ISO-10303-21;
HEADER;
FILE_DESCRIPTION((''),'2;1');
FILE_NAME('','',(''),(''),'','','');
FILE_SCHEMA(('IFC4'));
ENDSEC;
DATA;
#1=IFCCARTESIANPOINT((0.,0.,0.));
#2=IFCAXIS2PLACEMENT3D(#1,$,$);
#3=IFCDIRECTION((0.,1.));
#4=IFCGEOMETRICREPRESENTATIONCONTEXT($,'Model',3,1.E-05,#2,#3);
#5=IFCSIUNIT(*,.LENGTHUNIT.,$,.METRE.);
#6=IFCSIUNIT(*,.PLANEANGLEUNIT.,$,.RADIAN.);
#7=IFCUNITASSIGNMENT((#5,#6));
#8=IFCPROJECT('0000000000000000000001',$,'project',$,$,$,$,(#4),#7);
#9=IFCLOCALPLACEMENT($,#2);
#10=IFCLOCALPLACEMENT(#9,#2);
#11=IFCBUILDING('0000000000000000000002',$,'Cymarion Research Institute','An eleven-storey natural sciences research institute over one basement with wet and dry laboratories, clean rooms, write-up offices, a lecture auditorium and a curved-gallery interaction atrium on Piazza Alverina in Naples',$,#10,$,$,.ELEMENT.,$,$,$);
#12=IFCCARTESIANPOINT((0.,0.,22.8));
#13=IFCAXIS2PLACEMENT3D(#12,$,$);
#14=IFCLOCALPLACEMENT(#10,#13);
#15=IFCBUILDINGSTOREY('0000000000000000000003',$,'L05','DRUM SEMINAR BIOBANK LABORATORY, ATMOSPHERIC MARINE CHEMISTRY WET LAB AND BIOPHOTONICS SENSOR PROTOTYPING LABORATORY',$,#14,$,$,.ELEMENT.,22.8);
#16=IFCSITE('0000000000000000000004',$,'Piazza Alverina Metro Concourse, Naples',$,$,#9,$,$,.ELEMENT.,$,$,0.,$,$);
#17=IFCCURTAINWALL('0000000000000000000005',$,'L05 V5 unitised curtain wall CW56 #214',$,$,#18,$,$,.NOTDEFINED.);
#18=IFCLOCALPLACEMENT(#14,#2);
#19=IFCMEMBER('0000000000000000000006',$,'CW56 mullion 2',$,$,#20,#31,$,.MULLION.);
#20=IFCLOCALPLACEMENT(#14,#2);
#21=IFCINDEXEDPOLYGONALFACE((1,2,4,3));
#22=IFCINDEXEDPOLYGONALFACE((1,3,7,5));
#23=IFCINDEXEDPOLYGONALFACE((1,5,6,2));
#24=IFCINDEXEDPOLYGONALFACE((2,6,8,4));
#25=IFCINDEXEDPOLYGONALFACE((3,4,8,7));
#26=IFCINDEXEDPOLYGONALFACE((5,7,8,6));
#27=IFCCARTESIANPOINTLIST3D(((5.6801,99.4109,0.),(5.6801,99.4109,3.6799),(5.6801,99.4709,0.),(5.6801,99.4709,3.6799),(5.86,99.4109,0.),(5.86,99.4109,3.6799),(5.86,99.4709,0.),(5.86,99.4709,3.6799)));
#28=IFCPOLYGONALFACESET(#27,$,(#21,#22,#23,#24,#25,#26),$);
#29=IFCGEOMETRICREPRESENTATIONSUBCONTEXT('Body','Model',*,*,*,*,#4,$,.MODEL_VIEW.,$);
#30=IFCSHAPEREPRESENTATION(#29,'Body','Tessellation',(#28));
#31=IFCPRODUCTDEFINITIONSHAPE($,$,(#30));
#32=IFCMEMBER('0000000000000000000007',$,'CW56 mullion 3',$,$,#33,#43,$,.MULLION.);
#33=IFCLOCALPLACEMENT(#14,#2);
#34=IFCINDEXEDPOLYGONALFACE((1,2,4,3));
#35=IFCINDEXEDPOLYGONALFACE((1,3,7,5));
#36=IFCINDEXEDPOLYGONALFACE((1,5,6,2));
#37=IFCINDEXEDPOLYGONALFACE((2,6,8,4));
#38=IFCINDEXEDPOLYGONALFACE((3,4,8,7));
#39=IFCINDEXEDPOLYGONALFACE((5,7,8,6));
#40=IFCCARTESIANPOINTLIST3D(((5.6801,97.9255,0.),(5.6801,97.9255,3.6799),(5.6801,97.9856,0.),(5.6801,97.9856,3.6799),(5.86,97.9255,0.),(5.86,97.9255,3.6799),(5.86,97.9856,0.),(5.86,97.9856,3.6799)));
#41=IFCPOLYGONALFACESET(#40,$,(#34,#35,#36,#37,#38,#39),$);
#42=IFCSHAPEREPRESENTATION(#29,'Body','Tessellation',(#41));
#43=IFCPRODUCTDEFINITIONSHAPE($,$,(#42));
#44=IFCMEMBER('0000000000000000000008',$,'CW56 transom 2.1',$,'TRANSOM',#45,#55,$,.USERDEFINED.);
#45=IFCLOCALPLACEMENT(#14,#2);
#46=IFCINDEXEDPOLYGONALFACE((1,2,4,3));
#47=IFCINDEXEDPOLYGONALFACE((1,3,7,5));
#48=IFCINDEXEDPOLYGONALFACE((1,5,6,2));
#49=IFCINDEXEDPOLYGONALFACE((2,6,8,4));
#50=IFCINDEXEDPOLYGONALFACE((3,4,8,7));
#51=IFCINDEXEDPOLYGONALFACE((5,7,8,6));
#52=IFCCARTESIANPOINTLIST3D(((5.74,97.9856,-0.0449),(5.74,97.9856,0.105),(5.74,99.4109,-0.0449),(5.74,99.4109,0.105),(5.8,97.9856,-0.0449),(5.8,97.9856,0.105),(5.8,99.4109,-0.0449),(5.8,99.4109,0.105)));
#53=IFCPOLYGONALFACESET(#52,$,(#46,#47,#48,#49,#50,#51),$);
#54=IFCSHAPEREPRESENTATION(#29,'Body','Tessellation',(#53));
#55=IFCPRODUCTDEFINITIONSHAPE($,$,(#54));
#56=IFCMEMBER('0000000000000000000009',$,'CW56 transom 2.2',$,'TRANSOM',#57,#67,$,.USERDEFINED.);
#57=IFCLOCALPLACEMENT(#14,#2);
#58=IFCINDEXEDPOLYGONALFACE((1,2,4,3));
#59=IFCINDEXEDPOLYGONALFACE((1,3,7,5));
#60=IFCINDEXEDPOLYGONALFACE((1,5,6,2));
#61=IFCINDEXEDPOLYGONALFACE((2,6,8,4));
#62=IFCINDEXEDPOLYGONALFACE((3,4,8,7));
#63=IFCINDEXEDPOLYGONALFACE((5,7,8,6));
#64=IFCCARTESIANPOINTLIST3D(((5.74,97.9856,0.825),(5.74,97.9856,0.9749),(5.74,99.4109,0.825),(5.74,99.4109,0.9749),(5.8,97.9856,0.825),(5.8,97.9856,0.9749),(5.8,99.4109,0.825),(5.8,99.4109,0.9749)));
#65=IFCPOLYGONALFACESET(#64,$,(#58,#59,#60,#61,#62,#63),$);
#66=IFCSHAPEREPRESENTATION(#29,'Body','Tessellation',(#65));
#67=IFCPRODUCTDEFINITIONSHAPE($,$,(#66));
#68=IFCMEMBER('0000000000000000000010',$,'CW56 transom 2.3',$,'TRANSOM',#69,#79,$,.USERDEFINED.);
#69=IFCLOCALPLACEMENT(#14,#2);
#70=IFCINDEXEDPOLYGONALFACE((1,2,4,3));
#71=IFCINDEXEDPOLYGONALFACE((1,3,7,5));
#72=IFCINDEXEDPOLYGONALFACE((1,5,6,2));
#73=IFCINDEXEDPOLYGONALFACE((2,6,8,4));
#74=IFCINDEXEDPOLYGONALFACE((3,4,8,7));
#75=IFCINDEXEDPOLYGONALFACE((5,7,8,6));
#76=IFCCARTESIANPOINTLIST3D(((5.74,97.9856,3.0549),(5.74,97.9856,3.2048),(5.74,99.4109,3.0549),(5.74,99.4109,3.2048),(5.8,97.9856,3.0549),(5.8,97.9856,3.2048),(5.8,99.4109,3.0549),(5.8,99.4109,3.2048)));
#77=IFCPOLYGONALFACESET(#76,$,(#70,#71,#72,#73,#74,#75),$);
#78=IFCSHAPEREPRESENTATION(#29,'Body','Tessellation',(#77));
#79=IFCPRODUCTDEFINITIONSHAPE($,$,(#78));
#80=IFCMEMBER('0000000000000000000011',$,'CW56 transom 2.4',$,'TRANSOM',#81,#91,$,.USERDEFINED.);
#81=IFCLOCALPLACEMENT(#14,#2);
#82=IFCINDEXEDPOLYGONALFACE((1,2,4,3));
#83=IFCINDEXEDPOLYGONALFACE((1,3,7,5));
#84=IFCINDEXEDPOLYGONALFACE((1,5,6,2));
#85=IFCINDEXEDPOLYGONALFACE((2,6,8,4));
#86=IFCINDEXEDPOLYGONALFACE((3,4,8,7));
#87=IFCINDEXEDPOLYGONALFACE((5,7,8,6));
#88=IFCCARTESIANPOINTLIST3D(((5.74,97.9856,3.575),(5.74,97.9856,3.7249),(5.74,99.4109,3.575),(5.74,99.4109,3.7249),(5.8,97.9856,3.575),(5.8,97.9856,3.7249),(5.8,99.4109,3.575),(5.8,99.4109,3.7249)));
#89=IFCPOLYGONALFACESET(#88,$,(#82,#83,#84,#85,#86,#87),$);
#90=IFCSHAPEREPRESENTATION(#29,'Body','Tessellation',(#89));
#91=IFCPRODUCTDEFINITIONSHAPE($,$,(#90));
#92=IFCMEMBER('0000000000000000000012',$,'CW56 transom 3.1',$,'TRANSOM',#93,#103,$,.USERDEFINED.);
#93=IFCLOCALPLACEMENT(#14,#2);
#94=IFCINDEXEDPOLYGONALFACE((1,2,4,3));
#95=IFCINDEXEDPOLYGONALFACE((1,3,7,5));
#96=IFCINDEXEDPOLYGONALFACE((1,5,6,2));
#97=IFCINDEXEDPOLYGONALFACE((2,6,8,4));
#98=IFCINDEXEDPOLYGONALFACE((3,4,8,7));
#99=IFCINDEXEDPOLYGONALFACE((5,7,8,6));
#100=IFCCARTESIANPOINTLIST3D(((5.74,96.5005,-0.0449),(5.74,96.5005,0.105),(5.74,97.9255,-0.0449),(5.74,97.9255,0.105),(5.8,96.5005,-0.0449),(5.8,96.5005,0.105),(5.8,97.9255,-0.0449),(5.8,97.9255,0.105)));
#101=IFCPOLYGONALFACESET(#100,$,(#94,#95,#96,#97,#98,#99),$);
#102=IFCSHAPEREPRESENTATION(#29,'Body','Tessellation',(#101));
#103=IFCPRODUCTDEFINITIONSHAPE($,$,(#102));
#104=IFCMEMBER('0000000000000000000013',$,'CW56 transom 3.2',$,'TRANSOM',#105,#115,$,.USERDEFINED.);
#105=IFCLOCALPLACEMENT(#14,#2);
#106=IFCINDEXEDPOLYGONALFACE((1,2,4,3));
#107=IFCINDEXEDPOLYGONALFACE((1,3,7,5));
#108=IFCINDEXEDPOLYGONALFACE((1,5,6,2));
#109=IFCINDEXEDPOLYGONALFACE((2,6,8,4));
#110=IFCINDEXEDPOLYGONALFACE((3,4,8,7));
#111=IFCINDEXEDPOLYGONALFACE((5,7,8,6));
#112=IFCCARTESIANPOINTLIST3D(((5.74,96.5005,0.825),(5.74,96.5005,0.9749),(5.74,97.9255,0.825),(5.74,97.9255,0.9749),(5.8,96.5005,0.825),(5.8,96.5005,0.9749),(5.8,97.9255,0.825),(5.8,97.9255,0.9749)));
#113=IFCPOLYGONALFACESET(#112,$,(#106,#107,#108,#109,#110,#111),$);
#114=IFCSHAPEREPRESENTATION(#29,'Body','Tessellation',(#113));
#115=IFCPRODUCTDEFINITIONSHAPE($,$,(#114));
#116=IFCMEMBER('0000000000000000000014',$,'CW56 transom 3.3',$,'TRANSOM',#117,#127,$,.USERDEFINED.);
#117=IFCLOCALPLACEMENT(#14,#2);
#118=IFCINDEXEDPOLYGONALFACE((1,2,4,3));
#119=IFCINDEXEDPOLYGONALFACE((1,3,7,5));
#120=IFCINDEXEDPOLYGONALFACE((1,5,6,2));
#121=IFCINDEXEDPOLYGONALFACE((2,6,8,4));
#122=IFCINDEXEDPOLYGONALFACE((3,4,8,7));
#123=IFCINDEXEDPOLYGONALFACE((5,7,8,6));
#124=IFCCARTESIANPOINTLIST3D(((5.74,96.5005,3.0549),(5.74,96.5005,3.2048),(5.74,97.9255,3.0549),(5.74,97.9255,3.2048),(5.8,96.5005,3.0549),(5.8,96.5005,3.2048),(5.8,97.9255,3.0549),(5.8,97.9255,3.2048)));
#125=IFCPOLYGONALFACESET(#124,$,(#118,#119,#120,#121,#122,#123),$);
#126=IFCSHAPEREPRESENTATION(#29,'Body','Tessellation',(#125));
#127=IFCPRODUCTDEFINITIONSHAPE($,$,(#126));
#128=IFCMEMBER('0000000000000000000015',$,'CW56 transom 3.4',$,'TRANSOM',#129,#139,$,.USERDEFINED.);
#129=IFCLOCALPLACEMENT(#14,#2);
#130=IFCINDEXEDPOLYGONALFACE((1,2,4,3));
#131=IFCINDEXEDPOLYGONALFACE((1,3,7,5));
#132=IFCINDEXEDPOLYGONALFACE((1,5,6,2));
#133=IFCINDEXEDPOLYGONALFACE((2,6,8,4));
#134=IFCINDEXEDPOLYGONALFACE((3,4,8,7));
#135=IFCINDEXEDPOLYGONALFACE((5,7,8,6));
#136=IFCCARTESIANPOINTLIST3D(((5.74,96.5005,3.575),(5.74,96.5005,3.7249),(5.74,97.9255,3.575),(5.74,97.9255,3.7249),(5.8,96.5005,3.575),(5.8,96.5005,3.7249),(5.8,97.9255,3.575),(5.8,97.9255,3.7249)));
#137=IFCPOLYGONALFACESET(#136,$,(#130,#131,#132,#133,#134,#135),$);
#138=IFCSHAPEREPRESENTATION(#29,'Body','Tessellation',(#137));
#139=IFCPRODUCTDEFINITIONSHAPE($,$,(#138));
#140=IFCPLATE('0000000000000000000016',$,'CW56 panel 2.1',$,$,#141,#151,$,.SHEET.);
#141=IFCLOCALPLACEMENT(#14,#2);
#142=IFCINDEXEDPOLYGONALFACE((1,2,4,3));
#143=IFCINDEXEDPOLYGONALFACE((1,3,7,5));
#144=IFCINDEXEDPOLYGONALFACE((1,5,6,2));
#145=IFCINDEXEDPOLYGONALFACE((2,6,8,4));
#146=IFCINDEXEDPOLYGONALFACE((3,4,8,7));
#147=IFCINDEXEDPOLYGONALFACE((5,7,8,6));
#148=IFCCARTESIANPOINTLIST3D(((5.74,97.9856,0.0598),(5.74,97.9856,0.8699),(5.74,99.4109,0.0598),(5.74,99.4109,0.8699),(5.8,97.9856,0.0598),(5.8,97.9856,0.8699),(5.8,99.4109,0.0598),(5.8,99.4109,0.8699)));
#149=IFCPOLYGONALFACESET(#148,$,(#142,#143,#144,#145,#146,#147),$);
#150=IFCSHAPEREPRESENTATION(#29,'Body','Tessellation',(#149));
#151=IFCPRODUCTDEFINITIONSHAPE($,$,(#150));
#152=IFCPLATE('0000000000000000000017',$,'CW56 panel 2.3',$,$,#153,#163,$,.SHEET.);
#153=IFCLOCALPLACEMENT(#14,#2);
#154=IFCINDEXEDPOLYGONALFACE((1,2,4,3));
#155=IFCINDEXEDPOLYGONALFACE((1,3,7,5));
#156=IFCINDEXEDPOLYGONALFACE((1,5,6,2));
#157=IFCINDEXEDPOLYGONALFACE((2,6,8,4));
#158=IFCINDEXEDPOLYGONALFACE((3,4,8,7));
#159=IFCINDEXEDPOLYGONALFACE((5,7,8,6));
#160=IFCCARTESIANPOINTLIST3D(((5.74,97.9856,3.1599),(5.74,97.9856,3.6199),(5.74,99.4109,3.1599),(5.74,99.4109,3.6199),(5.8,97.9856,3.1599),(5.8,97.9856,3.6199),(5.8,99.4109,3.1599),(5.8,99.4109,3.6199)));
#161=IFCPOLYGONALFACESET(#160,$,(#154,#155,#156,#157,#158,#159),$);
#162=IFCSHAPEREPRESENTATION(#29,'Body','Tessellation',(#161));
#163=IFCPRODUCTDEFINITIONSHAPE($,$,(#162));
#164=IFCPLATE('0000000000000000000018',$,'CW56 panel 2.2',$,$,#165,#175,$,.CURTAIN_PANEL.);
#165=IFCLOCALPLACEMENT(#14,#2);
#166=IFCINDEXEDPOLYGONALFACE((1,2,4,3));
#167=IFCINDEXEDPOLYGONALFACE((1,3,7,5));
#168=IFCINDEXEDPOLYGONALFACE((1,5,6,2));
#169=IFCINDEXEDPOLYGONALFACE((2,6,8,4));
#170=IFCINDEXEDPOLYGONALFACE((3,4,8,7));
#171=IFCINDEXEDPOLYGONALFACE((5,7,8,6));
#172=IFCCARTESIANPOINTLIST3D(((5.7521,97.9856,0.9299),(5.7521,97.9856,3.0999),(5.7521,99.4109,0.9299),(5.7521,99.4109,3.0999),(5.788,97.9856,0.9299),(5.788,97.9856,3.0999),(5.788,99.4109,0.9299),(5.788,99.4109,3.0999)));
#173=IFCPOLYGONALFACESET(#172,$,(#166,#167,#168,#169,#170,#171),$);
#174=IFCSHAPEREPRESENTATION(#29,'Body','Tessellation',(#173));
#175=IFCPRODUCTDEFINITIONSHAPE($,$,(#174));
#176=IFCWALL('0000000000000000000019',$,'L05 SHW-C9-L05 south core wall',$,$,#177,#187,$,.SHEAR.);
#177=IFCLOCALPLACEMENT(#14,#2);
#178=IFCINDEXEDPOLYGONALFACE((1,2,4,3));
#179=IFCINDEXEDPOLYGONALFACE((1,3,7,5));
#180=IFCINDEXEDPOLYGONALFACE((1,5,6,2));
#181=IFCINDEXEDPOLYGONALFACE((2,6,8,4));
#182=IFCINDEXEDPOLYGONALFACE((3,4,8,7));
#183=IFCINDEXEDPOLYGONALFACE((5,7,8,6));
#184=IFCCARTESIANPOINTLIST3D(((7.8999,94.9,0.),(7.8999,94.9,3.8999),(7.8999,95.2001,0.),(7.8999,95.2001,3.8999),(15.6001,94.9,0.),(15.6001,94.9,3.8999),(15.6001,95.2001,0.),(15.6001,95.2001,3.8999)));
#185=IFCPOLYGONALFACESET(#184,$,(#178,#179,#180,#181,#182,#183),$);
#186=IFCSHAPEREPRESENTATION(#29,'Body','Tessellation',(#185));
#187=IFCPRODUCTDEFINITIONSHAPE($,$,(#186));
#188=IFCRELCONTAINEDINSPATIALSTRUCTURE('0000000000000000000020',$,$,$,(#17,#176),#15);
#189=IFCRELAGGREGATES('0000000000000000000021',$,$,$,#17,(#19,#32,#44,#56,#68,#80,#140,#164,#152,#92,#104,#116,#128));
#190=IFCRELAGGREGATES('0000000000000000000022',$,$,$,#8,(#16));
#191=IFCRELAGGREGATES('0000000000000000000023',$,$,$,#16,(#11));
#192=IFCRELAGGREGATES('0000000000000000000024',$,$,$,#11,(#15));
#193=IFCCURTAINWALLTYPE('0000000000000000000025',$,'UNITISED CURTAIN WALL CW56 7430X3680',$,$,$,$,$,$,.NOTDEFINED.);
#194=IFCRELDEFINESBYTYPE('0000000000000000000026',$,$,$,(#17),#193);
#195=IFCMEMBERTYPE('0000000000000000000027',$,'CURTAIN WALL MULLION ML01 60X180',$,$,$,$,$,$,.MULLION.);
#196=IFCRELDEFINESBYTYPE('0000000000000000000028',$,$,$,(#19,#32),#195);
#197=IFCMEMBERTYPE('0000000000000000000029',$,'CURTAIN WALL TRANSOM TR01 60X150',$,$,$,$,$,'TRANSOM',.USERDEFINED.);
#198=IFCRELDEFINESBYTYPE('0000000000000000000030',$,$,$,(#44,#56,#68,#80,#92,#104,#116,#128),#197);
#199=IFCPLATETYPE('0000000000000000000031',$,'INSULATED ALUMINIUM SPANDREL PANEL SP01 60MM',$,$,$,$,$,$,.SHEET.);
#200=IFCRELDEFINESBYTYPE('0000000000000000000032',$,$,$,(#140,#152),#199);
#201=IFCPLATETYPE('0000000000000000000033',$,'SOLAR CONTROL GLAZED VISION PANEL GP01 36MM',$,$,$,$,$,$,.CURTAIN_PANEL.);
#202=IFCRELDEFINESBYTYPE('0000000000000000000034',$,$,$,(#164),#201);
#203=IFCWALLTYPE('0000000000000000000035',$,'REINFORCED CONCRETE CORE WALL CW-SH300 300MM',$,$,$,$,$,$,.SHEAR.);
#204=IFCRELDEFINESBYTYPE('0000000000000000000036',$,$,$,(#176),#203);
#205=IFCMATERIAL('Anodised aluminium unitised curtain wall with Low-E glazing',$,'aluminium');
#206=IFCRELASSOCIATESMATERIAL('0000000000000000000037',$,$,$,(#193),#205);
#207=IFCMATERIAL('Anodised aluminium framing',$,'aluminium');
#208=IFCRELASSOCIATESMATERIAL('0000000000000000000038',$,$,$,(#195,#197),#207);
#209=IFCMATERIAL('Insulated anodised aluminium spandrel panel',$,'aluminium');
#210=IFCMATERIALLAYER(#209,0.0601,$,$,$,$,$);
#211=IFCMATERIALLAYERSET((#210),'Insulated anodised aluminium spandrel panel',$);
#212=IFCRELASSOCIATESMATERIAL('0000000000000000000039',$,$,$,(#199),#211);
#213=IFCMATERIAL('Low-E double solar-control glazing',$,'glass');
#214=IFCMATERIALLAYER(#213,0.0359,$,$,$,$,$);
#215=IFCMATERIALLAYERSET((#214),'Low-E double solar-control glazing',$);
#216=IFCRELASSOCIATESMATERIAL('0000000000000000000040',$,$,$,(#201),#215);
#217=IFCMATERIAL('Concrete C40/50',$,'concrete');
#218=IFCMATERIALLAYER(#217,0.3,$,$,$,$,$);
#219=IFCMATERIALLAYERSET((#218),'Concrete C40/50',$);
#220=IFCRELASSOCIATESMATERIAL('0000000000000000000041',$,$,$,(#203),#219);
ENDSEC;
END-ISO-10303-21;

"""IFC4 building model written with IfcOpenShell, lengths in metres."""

from ifc_helpers import new_model, si_unit, direction, frame, frame_2d, origin, origin_2d, place, context, subcontext, project, spatial, rectangle, extrude, material, layer, layer_set, material_profile, profile_set, type_object, element, aggregate, save


model = new_model("IFC4")

# Units and contexts
model_context = context("Model", 3, precision=1e-05, world=origin(), true_north=direction((0.0, 1.0)))
body_context = subcontext(model_context, "Body", "Model", "MODEL_VIEW")
ifc_project = project(units=[si_unit("LENGTHUNIT", "METRE"), si_unit("PLANEANGLEUNIT", "RADIAN")], contexts=[model_context])

# Site, building, storey
site_placement = place(None, origin())
site = spatial("IfcSite", under=ifc_project, at=site_placement, Name="Piazza Alverina Metro Concourse, Naples", CompositionType="ELEMENT", RefElevation=0.0)
building_placement = place(site_placement, origin())
building = spatial("IfcBuilding", under=site, at=building_placement, Name="Cymarion Research Institute", Description="An eleven-storey natural sciences research institute over one basement with wet and dry laboratories, clean rooms, write-up offices, a lecture auditorium and a curved-gallery interaction atrium on Piazza Alverina in Naples", CompositionType="ELEMENT")
storey_placement = place(building_placement, frame((0.0, 0.0, 22.8)))
storey = spatial("IfcBuildingStorey", under=building, at=storey_placement, Name="L05", Description="DRUM SEMINAR BIOBANK LABORATORY, ATMOSPHERIC MARINE CHEMISTRY WET LAB AND BIOPHOTONICS SENSOR PROTOTYPING LABORATORY", CompositionType="ELEMENT", Elevation=22.8)

# Curtain wall, members, plates
ifc_material_1 = material(Name="Anodised aluminium unitised curtain wall with Low-E glazing", Category="aluminium")
curtain_wall_type = type_object("IfcCurtainWallType", Name="UNITISED CURTAIN WALL CW56 7430X3680", PredefinedType="NOTDEFINED", material=ifc_material_1)
curtain_wall_placement = place(storey_placement, origin())
curtain_wall = element("IfcCurtainWall", 1, at=curtain_wall_placement, inside=storey, type_object=curtain_wall_type, Name="L05 V5 unitised curtain wall CW56 #214", PredefinedType="NOTDEFINED")
ifc_material_2 = material(Name="Anodised aluminium framing", Category="aluminium")
ifc_material_profile_1 = material_profile(ifc_material_2, rectangle(XDim=0.0601, YDim=0.1799, at=origin_2d()), Name="ALU MULLION 60x180")
ifc_profile_set_1 = profile_set([ifc_material_profile_1], Name="Anodised aluminium framing")
member_type_1 = type_object("IfcMemberType", Name="CURTAIN WALL MULLION ML01 60X180", PredefinedType="MULLION", material=ifc_profile_set_1)
member_1_placement = place(storey_placement, frame((5.77, 99.4409, 0.0), z_axis=(0.0, 0.0, 1.0), x_axis=(0.0, -1.0, 0.0)))
member_1 = element("IfcMember", 2, at=member_1_placement, type_object=member_type_1, Name="CW56 mullion 2", PredefinedType="MULLION", context=body_context, shape_type="SweptSolid", body=[
    extrude(rectangle(XDim=0.0601, YDim=0.1799, at=origin_2d()), origin(), (0.0, 0.0, 1.0), 3.6799),
])
member_2_placement = place(storey_placement, frame((5.77, 97.9556, 0.0), z_axis=(0.0, 0.0, 1.0), x_axis=(0.0, -1.0, 0.0)))
member_2 = element("IfcMember", 3, at=member_2_placement, type_object=member_type_1, Name="CW56 mullion 3", PredefinedType="MULLION", context=body_context, shape_type="SweptSolid", body=[
    extrude(rectangle(XDim=0.0601, YDim=0.1799, at=origin_2d()), origin(), (0.0, 0.0, 1.0), 3.6799),
])
ifc_material_profile_2 = material_profile(ifc_material_2, rectangle(XDim=0.0601, YDim=0.1499, at=origin_2d()), Name="ALU TRANSOM 60x150")
ifc_profile_set_2 = profile_set([ifc_material_profile_2], Name="Anodised aluminium framing")
member_type_2 = type_object("IfcMemberType", Name="CURTAIN WALL TRANSOM TR01 60X150", ElementType="TRANSOM", PredefinedType="USERDEFINED", material=ifc_profile_set_2)
member_3_placement = place(storey_placement, frame((5.77, 99.4109, 0.03), z_axis=(0.0, -1.0, 0.0), x_axis=(1.0, 0.0, 0.0)))
member_3 = element("IfcMember", 4, at=member_3_placement, type_object=member_type_2, Name="CW56 transom 2.1", ObjectType="TRANSOM", PredefinedType="USERDEFINED", context=body_context, shape_type="SweptSolid", body=[
    extrude(rectangle(XDim=0.0601, YDim=0.1499, at=origin_2d()), origin(), (0.0, 0.0, 1.0), 1.4253),
])
member_4_placement = place(storey_placement, frame((5.77, 99.4109, 0.8999), z_axis=(0.0, -1.0, 0.0), x_axis=(1.0, 0.0, 0.0)))
member_4 = element("IfcMember", 5, at=member_4_placement, type_object=member_type_2, Name="CW56 transom 2.2", ObjectType="TRANSOM", PredefinedType="USERDEFINED", context=body_context, shape_type="SweptSolid", body=[
    extrude(rectangle(XDim=0.0601, YDim=0.1499, at=origin_2d()), origin(), (0.0, 0.0, 1.0), 1.4253),
])
member_5_placement = place(storey_placement, frame((5.77, 99.4109, 3.1299), z_axis=(0.0, -1.0, 0.0), x_axis=(1.0, 0.0, 0.0)))
member_5 = element("IfcMember", 6, at=member_5_placement, type_object=member_type_2, Name="CW56 transom 2.3", ObjectType="TRANSOM", PredefinedType="USERDEFINED", context=body_context, shape_type="SweptSolid", body=[
    extrude(rectangle(XDim=0.0601, YDim=0.1499, at=origin_2d()), origin(), (0.0, 0.0, 1.0), 1.4253),
])
member_6_placement = place(storey_placement, frame((5.77, 99.4109, 3.6499), z_axis=(0.0, -1.0, 0.0), x_axis=(1.0, 0.0, 0.0)))
member_6 = element("IfcMember", 7, at=member_6_placement, type_object=member_type_2, Name="CW56 transom 2.4", ObjectType="TRANSOM", PredefinedType="USERDEFINED", context=body_context, shape_type="SweptSolid", body=[
    extrude(rectangle(XDim=0.0601, YDim=0.1499, at=origin_2d()), origin(), (0.0, 0.0, 1.0), 1.4253),
])
member_7_placement = place(storey_placement, frame((5.77, 97.9255, 0.03), z_axis=(0.0, -1.0, 0.0), x_axis=(1.0, 0.0, 0.0)))
member_7 = element("IfcMember", 8, at=member_7_placement, type_object=member_type_2, Name="CW56 transom 3.1", ObjectType="TRANSOM", PredefinedType="USERDEFINED", context=body_context, shape_type="SweptSolid", body=[
    extrude(rectangle(XDim=0.0601, YDim=0.1499, at=origin_2d()), origin(), (0.0, 0.0, 1.0), 1.425),
])
member_8_placement = place(storey_placement, frame((5.77, 97.9255, 0.8999), z_axis=(0.0, -1.0, 0.0), x_axis=(1.0, 0.0, 0.0)))
member_8 = element("IfcMember", 9, at=member_8_placement, type_object=member_type_2, Name="CW56 transom 3.2", ObjectType="TRANSOM", PredefinedType="USERDEFINED", context=body_context, shape_type="SweptSolid", body=[
    extrude(rectangle(XDim=0.0601, YDim=0.1499, at=origin_2d()), origin(), (0.0, 0.0, 1.0), 1.425),
])
member_9_placement = place(storey_placement, frame((5.77, 97.9255, 3.1299), z_axis=(0.0, -1.0, 0.0), x_axis=(1.0, 0.0, 0.0)))
member_9 = element("IfcMember", 10, at=member_9_placement, type_object=member_type_2, Name="CW56 transom 3.3", ObjectType="TRANSOM", PredefinedType="USERDEFINED", context=body_context, shape_type="SweptSolid", body=[
    extrude(rectangle(XDim=0.0601, YDim=0.1499, at=origin_2d()), origin(), (0.0, 0.0, 1.0), 1.425),
])
member_10_placement = place(storey_placement, frame((5.77, 97.9255, 3.6499), z_axis=(0.0, -1.0, 0.0), x_axis=(1.0, 0.0, 0.0)))
member_10 = element("IfcMember", 11, at=member_10_placement, type_object=member_type_2, Name="CW56 transom 3.4", ObjectType="TRANSOM", PredefinedType="USERDEFINED", context=body_context, shape_type="SweptSolid", body=[
    extrude(rectangle(XDim=0.0601, YDim=0.1499, at=origin_2d()), origin(), (0.0, 0.0, 1.0), 1.425),
])
ifc_material_3 = material(Name="Insulated anodised aluminium spandrel panel", Category="aluminium")
ifc_layer_1 = layer(ifc_material_3, 0.0601)
ifc_layer_set_1 = layer_set([ifc_layer_1], Name="Insulated anodised aluminium spandrel panel")
plate_type_1 = type_object("IfcPlateType", Name="INSULATED ALUMINIUM SPANDREL PANEL SP01 60MM", PredefinedType="SHEET", material=ifc_layer_set_1)
plate_1_placement = place(storey_placement, frame((5.77, 98.6982, 0.0598), z_axis=(0.0, 0.0, 1.0), x_axis=(0.0, -1.0, 0.0)))
plate_1 = element("IfcPlate", 12, at=plate_1_placement, type_object=plate_type_1, Name="CW56 panel 2.1", PredefinedType="SHEET", context=body_context, shape_type="SweptSolid", body=[
    extrude(rectangle(XDim=1.4253, YDim=0.0601, at=origin_2d()), origin(), (0.0, 0.0, 1.0), 0.8101),
])
plate_2_placement = place(storey_placement, frame((5.77, 98.6982, 3.1599), z_axis=(0.0, 0.0, 1.0), x_axis=(0.0, -1.0, 0.0)))
plate_2 = element("IfcPlate", 13, at=plate_2_placement, type_object=plate_type_1, Name="CW56 panel 2.3", PredefinedType="SHEET", context=body_context, shape_type="SweptSolid", body=[
    extrude(rectangle(XDim=1.4253, YDim=0.0601, at=origin_2d()), origin(), (0.0, 0.0, 1.0), 0.46),
])
ifc_material_4 = material(Name="Low-E double solar-control glazing", Category="glass")
ifc_layer_2 = layer(ifc_material_4, 0.0359)
ifc_layer_set_2 = layer_set([ifc_layer_2], Name="Low-E double solar-control glazing")
plate_type_2 = type_object("IfcPlateType", Name="SOLAR CONTROL GLAZED VISION PANEL GP01 36MM", PredefinedType="CURTAIN_PANEL", material=ifc_layer_set_2)
plate_3_placement = place(storey_placement, frame((5.77, 98.6982, 0.9299), z_axis=(0.0, 0.0, 1.0), x_axis=(0.0, -1.0, 0.0)))
plate_3 = element("IfcPlate", 14, at=plate_3_placement, type_object=plate_type_2, Name="CW56 panel 2.2", PredefinedType="CURTAIN_PANEL", context=body_context, shape_type="SweptSolid", body=[
    extrude(rectangle(XDim=1.4253, YDim=0.0359, at=origin_2d()), origin(), (0.0, 0.0, 1.0), 2.1699),
])
aggregate(curtain_wall, [member_1, member_2, member_3, member_4, member_5, member_6, plate_1, plate_3, plate_2, member_7, member_8, member_9, member_10])

# Wall
ifc_material_5 = material(Name="Concrete C40/50", Category="concrete")
ifc_layer_3 = layer(ifc_material_5, 0.3)
ifc_layer_set_3 = layer_set([ifc_layer_3], Name="Concrete C40/50")
wall_type = type_object("IfcWallType", Name="REINFORCED CONCRETE CORE WALL CW-SH300 300MM", PredefinedType="SHEAR", material=ifc_layer_set_3)
wall_1_placement = place(storey_placement, frame((7.8999, 95.05, 0.0), z_axis=(0.0, 0.0, 1.0), x_axis=(1.0, 0.0, 0.0)))
element("IfcWall", 15, at=wall_1_placement, inside=storey, type_object=wall_type, Name="L05 SHW-C9-L05 south core wall", PredefinedType="SHEAR", context=body_context, shape_type="SweptSolid", body=[
    extrude(rectangle(XDim=7.7002, YDim=0.3, at=frame_2d((3.8501, 0.0))), origin(), (0.0, 0.0, 1.0), 3.8999),
])

save(model, "model.ifc")
